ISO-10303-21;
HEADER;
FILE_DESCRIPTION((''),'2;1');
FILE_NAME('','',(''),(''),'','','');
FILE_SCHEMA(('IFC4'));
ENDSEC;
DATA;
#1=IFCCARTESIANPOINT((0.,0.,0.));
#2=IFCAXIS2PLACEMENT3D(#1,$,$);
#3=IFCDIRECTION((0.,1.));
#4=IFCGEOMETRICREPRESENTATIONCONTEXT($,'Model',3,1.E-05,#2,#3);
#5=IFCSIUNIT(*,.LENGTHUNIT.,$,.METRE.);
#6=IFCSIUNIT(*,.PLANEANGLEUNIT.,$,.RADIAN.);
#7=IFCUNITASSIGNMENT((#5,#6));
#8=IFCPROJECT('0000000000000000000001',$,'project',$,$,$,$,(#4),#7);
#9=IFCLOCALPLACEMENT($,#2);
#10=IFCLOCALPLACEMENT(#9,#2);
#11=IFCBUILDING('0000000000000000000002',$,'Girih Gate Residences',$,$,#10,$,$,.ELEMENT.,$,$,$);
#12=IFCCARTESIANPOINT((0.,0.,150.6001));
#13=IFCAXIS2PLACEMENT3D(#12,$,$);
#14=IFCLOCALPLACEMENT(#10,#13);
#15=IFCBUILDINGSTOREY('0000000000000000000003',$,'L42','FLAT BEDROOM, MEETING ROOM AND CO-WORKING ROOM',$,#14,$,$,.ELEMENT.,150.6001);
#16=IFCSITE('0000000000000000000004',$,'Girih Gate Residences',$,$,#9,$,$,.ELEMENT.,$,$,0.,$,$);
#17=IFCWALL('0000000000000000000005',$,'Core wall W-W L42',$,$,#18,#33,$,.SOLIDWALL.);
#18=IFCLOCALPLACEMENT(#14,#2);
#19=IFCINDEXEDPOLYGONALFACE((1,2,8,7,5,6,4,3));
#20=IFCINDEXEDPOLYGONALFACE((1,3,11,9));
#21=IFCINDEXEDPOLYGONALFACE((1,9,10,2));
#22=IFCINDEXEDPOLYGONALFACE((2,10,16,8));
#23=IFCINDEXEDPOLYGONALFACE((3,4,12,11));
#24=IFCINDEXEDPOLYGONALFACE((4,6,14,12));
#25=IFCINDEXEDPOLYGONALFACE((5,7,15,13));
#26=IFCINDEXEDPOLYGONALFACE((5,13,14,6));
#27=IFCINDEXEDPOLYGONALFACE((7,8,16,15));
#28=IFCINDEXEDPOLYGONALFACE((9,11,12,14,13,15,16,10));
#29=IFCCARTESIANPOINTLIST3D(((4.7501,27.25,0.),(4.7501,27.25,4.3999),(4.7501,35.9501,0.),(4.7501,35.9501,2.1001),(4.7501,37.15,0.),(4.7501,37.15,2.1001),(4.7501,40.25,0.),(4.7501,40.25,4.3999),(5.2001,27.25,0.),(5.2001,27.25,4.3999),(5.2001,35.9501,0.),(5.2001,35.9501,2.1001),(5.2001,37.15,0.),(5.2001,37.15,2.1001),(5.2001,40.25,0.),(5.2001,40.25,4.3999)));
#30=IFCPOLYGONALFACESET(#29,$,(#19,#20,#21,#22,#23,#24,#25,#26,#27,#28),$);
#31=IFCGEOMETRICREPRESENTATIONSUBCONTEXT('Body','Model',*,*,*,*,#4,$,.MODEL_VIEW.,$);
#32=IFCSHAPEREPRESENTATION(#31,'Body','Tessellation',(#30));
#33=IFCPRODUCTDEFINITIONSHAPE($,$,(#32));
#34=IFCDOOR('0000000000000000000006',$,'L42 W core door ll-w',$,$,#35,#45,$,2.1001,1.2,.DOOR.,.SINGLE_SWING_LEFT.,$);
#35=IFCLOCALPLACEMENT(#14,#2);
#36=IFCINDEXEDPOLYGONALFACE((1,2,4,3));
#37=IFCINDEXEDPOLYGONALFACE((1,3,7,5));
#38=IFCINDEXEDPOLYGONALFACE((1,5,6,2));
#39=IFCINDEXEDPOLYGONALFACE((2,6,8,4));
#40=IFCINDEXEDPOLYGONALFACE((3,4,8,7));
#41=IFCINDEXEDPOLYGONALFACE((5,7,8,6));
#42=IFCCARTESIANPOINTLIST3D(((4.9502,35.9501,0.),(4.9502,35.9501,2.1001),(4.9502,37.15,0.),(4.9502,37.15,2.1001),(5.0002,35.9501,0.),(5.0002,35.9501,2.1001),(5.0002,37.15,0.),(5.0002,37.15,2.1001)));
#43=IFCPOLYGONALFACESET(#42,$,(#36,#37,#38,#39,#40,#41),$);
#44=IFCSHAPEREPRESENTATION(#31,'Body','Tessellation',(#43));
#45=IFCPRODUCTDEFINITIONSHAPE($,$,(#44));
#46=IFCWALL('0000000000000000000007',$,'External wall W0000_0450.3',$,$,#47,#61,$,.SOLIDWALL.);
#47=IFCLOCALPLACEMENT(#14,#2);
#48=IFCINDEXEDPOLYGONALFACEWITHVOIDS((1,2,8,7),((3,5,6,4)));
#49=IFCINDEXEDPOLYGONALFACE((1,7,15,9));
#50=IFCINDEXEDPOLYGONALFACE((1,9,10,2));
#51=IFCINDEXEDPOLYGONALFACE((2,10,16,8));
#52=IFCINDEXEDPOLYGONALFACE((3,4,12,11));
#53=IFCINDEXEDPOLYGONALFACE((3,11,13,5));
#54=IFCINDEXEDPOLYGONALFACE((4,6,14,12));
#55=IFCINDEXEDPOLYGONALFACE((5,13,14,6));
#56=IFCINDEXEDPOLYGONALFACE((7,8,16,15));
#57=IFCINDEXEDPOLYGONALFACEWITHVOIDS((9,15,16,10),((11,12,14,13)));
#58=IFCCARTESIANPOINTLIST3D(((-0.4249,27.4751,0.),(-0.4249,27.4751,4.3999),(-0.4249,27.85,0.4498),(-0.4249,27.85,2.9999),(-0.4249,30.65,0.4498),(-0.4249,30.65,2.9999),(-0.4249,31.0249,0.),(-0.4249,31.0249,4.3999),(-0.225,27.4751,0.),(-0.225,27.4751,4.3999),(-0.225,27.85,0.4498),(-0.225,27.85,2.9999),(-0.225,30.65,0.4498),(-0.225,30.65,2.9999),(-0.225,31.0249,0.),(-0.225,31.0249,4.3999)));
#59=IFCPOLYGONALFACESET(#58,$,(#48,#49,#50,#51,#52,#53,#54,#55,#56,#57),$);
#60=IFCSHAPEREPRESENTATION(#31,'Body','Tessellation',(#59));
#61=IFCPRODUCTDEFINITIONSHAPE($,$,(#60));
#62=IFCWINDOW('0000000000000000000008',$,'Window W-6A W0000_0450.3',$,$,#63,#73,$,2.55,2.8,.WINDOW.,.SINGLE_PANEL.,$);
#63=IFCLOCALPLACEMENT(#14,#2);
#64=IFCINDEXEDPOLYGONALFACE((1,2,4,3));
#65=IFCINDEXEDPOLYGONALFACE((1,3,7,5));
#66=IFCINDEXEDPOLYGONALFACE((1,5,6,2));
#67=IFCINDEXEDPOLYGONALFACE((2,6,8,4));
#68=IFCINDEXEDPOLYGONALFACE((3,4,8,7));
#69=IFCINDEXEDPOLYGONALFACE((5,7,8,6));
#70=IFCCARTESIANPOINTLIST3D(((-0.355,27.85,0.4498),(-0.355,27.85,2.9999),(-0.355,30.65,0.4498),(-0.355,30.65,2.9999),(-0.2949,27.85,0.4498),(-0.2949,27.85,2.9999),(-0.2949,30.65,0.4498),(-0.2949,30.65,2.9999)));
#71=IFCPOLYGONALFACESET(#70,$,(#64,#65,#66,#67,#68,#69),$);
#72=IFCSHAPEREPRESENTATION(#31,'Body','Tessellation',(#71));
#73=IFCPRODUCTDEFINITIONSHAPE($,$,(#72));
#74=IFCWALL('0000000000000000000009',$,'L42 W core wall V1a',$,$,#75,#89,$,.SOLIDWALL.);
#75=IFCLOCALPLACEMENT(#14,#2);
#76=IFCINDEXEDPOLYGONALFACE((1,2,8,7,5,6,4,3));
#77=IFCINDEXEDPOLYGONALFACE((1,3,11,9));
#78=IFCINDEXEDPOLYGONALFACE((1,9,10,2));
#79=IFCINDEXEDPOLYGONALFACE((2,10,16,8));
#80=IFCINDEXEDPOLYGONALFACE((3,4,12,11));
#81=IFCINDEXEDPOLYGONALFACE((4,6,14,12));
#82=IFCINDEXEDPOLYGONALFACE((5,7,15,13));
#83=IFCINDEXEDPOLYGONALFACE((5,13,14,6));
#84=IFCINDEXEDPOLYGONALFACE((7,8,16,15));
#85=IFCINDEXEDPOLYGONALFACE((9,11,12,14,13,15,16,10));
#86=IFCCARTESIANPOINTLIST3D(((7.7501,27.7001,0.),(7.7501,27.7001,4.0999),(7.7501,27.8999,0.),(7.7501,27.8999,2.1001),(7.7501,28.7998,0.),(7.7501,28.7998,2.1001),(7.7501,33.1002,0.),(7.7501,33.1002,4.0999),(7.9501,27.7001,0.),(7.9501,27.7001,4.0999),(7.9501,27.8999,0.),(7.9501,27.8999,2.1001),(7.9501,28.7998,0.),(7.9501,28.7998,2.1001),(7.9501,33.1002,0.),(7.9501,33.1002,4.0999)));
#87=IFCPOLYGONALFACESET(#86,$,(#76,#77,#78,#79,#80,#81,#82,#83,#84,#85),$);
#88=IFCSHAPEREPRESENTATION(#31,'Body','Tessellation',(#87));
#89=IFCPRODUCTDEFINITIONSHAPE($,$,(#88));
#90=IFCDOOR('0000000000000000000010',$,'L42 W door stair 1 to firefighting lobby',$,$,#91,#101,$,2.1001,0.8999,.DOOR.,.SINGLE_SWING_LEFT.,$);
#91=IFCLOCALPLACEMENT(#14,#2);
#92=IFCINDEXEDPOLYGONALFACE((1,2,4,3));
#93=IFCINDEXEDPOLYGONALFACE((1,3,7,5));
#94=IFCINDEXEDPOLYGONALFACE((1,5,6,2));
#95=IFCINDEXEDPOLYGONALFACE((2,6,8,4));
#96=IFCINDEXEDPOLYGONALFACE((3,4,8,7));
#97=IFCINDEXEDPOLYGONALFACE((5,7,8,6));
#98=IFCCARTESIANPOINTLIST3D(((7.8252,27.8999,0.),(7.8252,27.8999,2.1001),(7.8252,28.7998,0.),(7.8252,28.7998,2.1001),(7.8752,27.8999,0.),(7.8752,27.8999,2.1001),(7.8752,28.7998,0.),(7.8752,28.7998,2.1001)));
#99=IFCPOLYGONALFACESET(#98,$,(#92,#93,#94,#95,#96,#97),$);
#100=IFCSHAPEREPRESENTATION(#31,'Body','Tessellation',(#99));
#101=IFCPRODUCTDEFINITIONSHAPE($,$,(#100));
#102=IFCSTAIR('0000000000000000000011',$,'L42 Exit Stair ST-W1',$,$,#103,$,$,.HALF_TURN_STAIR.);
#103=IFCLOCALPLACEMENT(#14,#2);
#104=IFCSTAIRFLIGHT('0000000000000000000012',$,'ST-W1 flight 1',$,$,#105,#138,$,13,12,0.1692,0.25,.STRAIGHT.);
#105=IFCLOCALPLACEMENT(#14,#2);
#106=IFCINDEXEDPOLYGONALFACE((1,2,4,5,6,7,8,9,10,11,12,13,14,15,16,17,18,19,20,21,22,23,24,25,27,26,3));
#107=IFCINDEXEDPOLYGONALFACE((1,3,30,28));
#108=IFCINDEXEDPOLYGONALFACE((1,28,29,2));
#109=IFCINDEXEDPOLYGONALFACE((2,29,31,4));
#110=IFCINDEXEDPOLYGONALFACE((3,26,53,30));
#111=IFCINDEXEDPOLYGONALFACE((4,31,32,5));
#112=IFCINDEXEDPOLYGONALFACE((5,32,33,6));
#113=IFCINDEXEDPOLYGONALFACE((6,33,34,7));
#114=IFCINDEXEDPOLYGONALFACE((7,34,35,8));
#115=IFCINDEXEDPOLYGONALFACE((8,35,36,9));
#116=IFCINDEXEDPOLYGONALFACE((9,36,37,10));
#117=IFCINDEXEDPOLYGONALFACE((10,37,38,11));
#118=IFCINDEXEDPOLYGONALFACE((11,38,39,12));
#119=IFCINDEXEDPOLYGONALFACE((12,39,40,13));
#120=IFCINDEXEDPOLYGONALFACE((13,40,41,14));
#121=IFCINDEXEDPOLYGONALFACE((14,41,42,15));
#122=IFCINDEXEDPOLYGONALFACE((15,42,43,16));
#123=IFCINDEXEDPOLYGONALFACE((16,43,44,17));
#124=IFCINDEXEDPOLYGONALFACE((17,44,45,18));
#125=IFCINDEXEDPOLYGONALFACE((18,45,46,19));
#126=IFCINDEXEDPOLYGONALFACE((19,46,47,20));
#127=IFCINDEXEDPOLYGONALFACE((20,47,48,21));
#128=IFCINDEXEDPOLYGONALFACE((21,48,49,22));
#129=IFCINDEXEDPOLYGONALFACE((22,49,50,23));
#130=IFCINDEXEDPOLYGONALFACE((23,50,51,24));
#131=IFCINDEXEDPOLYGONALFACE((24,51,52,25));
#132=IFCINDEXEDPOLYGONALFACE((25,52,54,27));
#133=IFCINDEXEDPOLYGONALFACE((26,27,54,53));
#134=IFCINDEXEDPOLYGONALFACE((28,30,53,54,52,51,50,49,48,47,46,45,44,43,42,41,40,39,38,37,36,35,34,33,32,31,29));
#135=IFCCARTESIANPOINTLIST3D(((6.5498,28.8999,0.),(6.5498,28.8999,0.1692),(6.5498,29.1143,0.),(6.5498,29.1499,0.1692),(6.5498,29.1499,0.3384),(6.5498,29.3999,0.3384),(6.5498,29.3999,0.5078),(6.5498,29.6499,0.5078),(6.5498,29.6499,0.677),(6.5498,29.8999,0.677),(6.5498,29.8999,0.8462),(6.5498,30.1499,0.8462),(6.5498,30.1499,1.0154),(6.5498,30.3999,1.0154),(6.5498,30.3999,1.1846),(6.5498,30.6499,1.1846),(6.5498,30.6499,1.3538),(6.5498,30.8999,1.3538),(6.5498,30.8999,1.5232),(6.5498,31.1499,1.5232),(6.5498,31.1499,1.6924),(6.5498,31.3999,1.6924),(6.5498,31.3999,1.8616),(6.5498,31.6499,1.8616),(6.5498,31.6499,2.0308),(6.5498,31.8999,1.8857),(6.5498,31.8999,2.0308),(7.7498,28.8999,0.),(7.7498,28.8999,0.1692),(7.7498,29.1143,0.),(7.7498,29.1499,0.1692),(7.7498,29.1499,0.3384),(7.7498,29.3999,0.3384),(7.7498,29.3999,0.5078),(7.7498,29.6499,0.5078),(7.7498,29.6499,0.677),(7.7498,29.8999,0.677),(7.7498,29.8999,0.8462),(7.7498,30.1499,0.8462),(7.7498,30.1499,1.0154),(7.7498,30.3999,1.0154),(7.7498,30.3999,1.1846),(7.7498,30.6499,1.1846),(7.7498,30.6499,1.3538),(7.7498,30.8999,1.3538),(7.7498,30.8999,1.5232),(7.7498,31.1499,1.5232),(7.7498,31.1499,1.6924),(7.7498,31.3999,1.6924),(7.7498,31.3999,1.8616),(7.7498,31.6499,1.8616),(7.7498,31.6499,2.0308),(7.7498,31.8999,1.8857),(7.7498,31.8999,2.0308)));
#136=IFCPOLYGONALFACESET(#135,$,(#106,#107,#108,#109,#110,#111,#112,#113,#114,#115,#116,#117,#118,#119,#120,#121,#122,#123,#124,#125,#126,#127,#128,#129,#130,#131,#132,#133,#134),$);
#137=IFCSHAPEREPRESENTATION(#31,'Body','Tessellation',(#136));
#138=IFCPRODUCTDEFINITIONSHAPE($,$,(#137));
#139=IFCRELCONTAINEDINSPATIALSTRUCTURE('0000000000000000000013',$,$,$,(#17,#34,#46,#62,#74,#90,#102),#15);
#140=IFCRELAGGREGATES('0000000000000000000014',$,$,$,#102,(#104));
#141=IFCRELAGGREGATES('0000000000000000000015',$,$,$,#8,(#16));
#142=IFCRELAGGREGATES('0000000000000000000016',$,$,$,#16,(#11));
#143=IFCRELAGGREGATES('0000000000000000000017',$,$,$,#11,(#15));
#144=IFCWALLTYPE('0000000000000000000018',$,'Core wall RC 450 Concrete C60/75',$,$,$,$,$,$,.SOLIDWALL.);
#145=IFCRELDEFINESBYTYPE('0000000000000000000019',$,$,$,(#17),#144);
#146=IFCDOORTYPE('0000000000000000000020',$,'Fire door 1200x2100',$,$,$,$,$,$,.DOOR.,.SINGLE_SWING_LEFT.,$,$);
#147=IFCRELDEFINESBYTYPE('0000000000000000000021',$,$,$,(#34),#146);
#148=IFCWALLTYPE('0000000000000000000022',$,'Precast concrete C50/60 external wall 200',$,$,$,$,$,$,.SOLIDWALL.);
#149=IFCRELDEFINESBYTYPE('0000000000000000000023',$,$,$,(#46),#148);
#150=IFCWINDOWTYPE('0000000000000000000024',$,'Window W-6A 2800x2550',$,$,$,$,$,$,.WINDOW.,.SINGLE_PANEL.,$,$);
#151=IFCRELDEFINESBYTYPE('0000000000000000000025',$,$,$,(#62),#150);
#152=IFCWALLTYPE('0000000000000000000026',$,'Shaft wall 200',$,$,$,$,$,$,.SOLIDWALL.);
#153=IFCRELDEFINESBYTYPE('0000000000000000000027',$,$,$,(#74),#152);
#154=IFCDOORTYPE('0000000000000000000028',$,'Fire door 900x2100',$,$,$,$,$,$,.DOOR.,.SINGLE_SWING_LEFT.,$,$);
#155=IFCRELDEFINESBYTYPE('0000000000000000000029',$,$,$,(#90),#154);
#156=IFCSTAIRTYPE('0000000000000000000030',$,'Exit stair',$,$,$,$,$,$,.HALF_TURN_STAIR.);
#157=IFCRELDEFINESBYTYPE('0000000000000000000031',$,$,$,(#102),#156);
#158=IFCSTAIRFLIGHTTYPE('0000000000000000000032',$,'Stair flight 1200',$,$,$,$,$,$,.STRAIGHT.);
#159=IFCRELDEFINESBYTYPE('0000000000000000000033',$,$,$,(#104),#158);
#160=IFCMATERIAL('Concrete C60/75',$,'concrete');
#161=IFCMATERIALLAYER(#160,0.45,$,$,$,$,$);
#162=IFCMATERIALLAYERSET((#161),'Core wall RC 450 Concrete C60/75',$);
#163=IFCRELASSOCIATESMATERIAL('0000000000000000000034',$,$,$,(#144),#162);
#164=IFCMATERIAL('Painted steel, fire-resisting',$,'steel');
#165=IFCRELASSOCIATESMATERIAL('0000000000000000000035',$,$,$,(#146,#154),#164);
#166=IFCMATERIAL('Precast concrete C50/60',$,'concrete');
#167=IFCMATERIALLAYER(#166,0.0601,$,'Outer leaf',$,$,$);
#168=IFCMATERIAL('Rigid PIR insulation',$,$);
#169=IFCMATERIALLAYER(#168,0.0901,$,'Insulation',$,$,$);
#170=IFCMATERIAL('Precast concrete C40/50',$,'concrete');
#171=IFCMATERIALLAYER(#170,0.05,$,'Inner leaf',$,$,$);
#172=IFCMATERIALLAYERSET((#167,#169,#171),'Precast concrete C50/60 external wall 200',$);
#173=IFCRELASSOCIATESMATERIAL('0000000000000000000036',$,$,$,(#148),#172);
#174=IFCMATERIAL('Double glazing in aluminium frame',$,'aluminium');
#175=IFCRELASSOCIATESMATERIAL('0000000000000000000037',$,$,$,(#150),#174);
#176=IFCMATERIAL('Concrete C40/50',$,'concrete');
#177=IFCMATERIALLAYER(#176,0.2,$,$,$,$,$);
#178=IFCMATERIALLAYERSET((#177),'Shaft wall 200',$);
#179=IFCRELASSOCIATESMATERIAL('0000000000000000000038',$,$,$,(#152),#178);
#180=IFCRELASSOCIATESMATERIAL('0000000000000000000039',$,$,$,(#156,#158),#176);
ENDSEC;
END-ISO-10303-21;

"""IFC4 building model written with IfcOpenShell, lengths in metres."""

from ifc_helpers import new_model, si_unit, direction, frame, frame_2d, origin, place, context, subcontext, project, spatial, polyline, rectangle, outline, extrude, material, layer, layer_set, type_object, element, fill, aggregate, save


model = new_model("IFC4")

# Units and contexts
model_context = context("Model", 3, precision=1e-05, world=origin(), true_north=direction((0.0, 1.0)))
body_context = subcontext(model_context, "Body", "Model", "MODEL_VIEW")
ifc_project = project(units=[si_unit("LENGTHUNIT", "METRE"), si_unit("PLANEANGLEUNIT", "RADIAN")], contexts=[model_context])

# Site, building, storey
site_placement = place(None, origin())
site = spatial("IfcSite", under=ifc_project, at=site_placement, Name="Girih Gate Residences", CompositionType="ELEMENT", RefElevation=0.0)
building_placement = place(site_placement, origin())
building = spatial("IfcBuilding", under=site, at=building_placement, Name="Girih Gate Residences", CompositionType="ELEMENT")
storey_placement = place(building_placement, frame((0.0, 0.0, 150.6001)))
storey = spatial("IfcBuildingStorey", under=building, at=storey_placement, Name="L42", Description="FLAT BEDROOM, MEETING ROOM AND CO-WORKING ROOM", CompositionType="ELEMENT", Elevation=150.6001)

# Shared definitions
ifc_material_1 = material(Name="Concrete C60/75", Category="concrete")

# Shared definitions
ifc_layer_1 = layer(ifc_material_1, 0.45)
ifc_layer_set_1 = layer_set([ifc_layer_1], Name="Core wall RC 450 Concrete C60/75")
wall_type_1 = type_object("IfcWallType", Name="Core wall RC 450 Concrete C60/75", PredefinedType="SOLIDWALL", material=ifc_layer_set_1)
ifc_material_2 = material(Name="Painted steel, fire-resisting", Category="steel")

# Wall, opening, door
wall_1_placement = place(storey_placement, frame((4.9751, 27.25, 0.0), z_axis=(0.0, 0.0, 1.0), x_axis=(0.0, 1.0, 0.0)))
wall_1 = element("IfcWall", 1, at=wall_1_placement, inside=storey, type_object=wall_type_1, Name="Core wall W-W L42", PredefinedType="SOLIDWALL", context=body_context, shape_type="SweptSolid", body=[
    extrude(rectangle(XDim=13.0, YDim=0.45, at=frame_2d((6.5, 0.0))), origin(), (0.0, 0.0, 1.0), 4.3999),
])
opening_1_placement = place(wall_1_placement, frame((8.7, 0.0, 0.0)))
opening_1 = element("IfcOpeningElement", 2, at=opening_1_placement, cuts=wall_1, PredefinedType="OPENING", context=body_context, shape_type="SweptSolid", body=[
    extrude(rectangle(XDim=1.2, YDim=2.1001, at=frame_2d((0.6001, 1.05))), frame((0.0, 0.2349, 0.0), z_axis=(0.0, -1.0, 0.0), x_axis=(1.0, 0.0, 0.0)), (0.0, 0.0, 1.0), 0.47),
])
door_type_1 = type_object("IfcDoorType", Name="Fire door 1200x2100", OperationType="SINGLE_SWING_LEFT", PredefinedType="DOOR", material=ifc_material_2)
door_1_placement = place(opening_1_placement, origin())
door_1 = element("IfcDoor", 3, at=door_1_placement, inside=storey, type_object=door_type_1, Name="L42 W core door ll-w", OperationType="SINGLE_SWING_LEFT", OverallHeight=2.1001, OverallWidth=1.2, PredefinedType="DOOR", context=body_context, shape_type="SweptSolid", body=[
    extrude(rectangle(XDim=1.2, YDim=2.1001, at=frame_2d((0.6001, 1.05))), frame((0.0, 0.0249, 0.0), z_axis=(0.0, -1.0, 0.0), x_axis=(1.0, 0.0, 0.0)), (0.0, 0.0, 1.0), 0.05),
])
fill(opening_1, door_1)

# Wall, opening, window
ifc_material_3 = material(Name="Precast concrete C50/60", Category="concrete")
ifc_layer_2 = layer(ifc_material_3, 0.0601, Name="Outer leaf")
ifc_material_4 = material(Name="Rigid PIR insulation")
ifc_layer_3 = layer(ifc_material_4, 0.0901, Name="Insulation")
ifc_material_5 = material(Name="Precast concrete C40/50", Category="concrete")
ifc_layer_4 = layer(ifc_material_5, 0.05, Name="Inner leaf")
ifc_layer_set_2 = layer_set([ifc_layer_2, ifc_layer_3, ifc_layer_4], Name="Precast concrete C50/60 external wall 200")
wall_type_2 = type_object("IfcWallType", Name="Precast concrete C50/60 external wall 200", PredefinedType="SOLIDWALL", material=ifc_layer_set_2)
wall_2_placement = place(storey_placement, frame((-0.325, 27.4751, 0.0), z_axis=(0.0, 0.0, 1.0), x_axis=(0.0, 1.0, 0.0)))
wall_2 = element("IfcWall", 4, at=wall_2_placement, inside=storey, type_object=wall_type_2, Name="External wall W0000_0450.3", PredefinedType="SOLIDWALL", context=body_context, shape_type="SweptSolid", body=[
    extrude(rectangle(XDim=3.5498, YDim=0.2, at=frame_2d((1.7749, 0.0))), origin(), (0.0, 0.0, 1.0), 4.3999),
])
opening_2_placement = place(wall_2_placement, frame((0.375, 0.0, 0.45)))
opening_2 = element("IfcOpeningElement", 5, at=opening_2_placement, cuts=wall_2, PredefinedType="OPENING", context=body_context, shape_type="SweptSolid", body=[
    extrude(rectangle(XDim=2.8, YDim=2.55, at=frame_2d((1.3999, 1.2749))), frame((0.0, 0.1099, 0.0), z_axis=(0.0, -1.0, 0.0), x_axis=(1.0, 0.0, 0.0)), (0.0, 0.0, 1.0), 0.22),
])
ifc_material_6 = material(Name="Double glazing in aluminium frame", Category="aluminium")
window_type = type_object("IfcWindowType", Name="Window W-6A 2800x2550", PartitioningType="SINGLE_PANEL", PredefinedType="WINDOW", material=ifc_material_6)
window_placement = place(opening_2_placement, origin())
window = element("IfcWindow", 6, at=window_placement, inside=storey, type_object=window_type, Name="Window W-6A W0000_0450.3", OverallHeight=2.55, OverallWidth=2.8, PartitioningType="SINGLE_PANEL", PredefinedType="WINDOW", context=body_context, shape_type="SweptSolid", body=[
    extrude(rectangle(XDim=2.8, YDim=2.55, at=frame_2d((1.3999, 1.2749))), frame((0.0, 0.03, 0.0), z_axis=(0.0, -1.0, 0.0), x_axis=(1.0, 0.0, 0.0)), (0.0, 0.0, 1.0), 0.0601),
])
fill(opening_2, window)

# Wall, opening, door
ifc_material_7 = material(Name="Concrete C40/50", Category="concrete")
ifc_layer_5 = layer(ifc_material_7, 0.2)
ifc_layer_set_3 = layer_set([ifc_layer_5], Name="Shaft wall 200")
wall_type_3 = type_object("IfcWallType", Name="Shaft wall 200", PredefinedType="SOLIDWALL", material=ifc_layer_set_3)
wall_3_placement = place(storey_placement, frame((7.8501, 27.7, 0.0), z_axis=(0.0, 0.0, 1.0), x_axis=(0.0, 1.0, 0.0)))
wall_3 = element("IfcWall", 7, at=wall_3_placement, inside=storey, type_object=wall_type_3, Name="L42 W core wall V1a", PredefinedType="SOLIDWALL", context=body_context, shape_type="SweptSolid", body=[
    extrude(rectangle(XDim=5.4001, YDim=0.2, at=frame_2d((2.7002, 0.0))), origin(), (0.0, 0.0, 1.0), 4.0999),
])
opening_3_placement = place(wall_3_placement, frame((0.2, 0.0, 0.0)))
opening_3 = element("IfcOpeningElement", 8, at=opening_3_placement, cuts=wall_3, PredefinedType="OPENING", context=body_context, shape_type="SweptSolid", body=[
    extrude(rectangle(XDim=0.8999, YDim=2.1001, at=frame_2d((0.45, 1.05))), frame((0.0, 0.1099, 0.0), z_axis=(0.0, -1.0, 0.0), x_axis=(1.0, 0.0, 0.0)), (0.0, 0.0, 1.0), 0.22),
])
door_type_2 = type_object("IfcDoorType", Name="Fire door 900x2100", OperationType="SINGLE_SWING_LEFT", PredefinedType="DOOR", material=ifc_material_2)
door_2_placement = place(opening_3_placement, origin())
door_2 = element("IfcDoor", 9, at=door_2_placement, inside=storey, type_object=door_type_2, Name="L42 W door stair 1 to firefighting lobby", OperationType="SINGLE_SWING_LEFT", OverallHeight=2.1001, OverallWidth=0.8999, PredefinedType="DOOR", context=body_context, shape_type="SweptSolid", body=[
    extrude(rectangle(XDim=0.8999, YDim=2.1001, at=frame_2d((0.45, 1.05))), frame((0.0, 0.0249, 0.0), z_axis=(0.0, -1.0, 0.0), x_axis=(1.0, 0.0, 0.0)), (0.0, 0.0, 1.0), 0.05),
])
fill(opening_3, door_2)

# Stair, stair flight
stair_type = type_object("IfcStairType", Name="Exit stair", PredefinedType="HALF_TURN_STAIR", material=ifc_material_7)
stair_placement = place(storey_placement, origin())
stair = element("IfcStair", 10, at=stair_placement, inside=storey, type_object=stair_type, Name="L42 Exit Stair ST-W1", PredefinedType="HALF_TURN_STAIR")
stair_flight_type = type_object("IfcStairFlightType", Name="Stair flight 1200", PredefinedType="STRAIGHT", material=ifc_material_7)
stair_flight_placement = place(storey_placement, frame((7.1499, 28.8999, 0.0), z_axis=(0.0, 0.0, 1.0), x_axis=(0.0, 1.0, 0.0)))
stair_flight = element("IfcStairFlight", 11, at=stair_flight_placement, type_object=stair_flight_type, Name="ST-W1 flight 1", NumberOfRisers=13, NumberOfTreads=12, PredefinedType="STRAIGHT", RiserHeight=0.1692, TreadLength=0.25, context=body_context, shape_type="SweptSolid", body=[
    extrude(outline(polyline([(0.0, 0.0), (0.0, 0.1692), (0.25, 0.1692), (0.25, 0.3384), (0.5, 0.3384), (0.5, 0.5078), (0.75, 0.5078), (0.75, 0.677), (1.0, 0.677), (1.0, 0.8462), (1.25, 0.8462), (1.25, 1.0154), (1.5, 1.0154), (1.5, 1.1846), (1.75, 1.1846), (1.75, 1.3538), (2.0, 1.3538), (2.0, 1.5232), (2.25, 1.5232), (2.25, 1.6924), (2.5, 1.6924), (2.5, 1.8616), (2.75, 1.8616), (2.75, 2.0308), (3.0, 2.0308), (3.0, 2.2), (3.0, 1.8857), (0.2144, 0.0), (0.0, 0.0)])), frame((0.0, 0.6001, 0.0), z_axis=(0.0, -1.0, 0.0), x_axis=(1.0, 0.0, 0.0)), (0.0, 0.0, 1.0), 1.2),
])
aggregate(stair, [stair_flight])

save(model, "model.ifc")
